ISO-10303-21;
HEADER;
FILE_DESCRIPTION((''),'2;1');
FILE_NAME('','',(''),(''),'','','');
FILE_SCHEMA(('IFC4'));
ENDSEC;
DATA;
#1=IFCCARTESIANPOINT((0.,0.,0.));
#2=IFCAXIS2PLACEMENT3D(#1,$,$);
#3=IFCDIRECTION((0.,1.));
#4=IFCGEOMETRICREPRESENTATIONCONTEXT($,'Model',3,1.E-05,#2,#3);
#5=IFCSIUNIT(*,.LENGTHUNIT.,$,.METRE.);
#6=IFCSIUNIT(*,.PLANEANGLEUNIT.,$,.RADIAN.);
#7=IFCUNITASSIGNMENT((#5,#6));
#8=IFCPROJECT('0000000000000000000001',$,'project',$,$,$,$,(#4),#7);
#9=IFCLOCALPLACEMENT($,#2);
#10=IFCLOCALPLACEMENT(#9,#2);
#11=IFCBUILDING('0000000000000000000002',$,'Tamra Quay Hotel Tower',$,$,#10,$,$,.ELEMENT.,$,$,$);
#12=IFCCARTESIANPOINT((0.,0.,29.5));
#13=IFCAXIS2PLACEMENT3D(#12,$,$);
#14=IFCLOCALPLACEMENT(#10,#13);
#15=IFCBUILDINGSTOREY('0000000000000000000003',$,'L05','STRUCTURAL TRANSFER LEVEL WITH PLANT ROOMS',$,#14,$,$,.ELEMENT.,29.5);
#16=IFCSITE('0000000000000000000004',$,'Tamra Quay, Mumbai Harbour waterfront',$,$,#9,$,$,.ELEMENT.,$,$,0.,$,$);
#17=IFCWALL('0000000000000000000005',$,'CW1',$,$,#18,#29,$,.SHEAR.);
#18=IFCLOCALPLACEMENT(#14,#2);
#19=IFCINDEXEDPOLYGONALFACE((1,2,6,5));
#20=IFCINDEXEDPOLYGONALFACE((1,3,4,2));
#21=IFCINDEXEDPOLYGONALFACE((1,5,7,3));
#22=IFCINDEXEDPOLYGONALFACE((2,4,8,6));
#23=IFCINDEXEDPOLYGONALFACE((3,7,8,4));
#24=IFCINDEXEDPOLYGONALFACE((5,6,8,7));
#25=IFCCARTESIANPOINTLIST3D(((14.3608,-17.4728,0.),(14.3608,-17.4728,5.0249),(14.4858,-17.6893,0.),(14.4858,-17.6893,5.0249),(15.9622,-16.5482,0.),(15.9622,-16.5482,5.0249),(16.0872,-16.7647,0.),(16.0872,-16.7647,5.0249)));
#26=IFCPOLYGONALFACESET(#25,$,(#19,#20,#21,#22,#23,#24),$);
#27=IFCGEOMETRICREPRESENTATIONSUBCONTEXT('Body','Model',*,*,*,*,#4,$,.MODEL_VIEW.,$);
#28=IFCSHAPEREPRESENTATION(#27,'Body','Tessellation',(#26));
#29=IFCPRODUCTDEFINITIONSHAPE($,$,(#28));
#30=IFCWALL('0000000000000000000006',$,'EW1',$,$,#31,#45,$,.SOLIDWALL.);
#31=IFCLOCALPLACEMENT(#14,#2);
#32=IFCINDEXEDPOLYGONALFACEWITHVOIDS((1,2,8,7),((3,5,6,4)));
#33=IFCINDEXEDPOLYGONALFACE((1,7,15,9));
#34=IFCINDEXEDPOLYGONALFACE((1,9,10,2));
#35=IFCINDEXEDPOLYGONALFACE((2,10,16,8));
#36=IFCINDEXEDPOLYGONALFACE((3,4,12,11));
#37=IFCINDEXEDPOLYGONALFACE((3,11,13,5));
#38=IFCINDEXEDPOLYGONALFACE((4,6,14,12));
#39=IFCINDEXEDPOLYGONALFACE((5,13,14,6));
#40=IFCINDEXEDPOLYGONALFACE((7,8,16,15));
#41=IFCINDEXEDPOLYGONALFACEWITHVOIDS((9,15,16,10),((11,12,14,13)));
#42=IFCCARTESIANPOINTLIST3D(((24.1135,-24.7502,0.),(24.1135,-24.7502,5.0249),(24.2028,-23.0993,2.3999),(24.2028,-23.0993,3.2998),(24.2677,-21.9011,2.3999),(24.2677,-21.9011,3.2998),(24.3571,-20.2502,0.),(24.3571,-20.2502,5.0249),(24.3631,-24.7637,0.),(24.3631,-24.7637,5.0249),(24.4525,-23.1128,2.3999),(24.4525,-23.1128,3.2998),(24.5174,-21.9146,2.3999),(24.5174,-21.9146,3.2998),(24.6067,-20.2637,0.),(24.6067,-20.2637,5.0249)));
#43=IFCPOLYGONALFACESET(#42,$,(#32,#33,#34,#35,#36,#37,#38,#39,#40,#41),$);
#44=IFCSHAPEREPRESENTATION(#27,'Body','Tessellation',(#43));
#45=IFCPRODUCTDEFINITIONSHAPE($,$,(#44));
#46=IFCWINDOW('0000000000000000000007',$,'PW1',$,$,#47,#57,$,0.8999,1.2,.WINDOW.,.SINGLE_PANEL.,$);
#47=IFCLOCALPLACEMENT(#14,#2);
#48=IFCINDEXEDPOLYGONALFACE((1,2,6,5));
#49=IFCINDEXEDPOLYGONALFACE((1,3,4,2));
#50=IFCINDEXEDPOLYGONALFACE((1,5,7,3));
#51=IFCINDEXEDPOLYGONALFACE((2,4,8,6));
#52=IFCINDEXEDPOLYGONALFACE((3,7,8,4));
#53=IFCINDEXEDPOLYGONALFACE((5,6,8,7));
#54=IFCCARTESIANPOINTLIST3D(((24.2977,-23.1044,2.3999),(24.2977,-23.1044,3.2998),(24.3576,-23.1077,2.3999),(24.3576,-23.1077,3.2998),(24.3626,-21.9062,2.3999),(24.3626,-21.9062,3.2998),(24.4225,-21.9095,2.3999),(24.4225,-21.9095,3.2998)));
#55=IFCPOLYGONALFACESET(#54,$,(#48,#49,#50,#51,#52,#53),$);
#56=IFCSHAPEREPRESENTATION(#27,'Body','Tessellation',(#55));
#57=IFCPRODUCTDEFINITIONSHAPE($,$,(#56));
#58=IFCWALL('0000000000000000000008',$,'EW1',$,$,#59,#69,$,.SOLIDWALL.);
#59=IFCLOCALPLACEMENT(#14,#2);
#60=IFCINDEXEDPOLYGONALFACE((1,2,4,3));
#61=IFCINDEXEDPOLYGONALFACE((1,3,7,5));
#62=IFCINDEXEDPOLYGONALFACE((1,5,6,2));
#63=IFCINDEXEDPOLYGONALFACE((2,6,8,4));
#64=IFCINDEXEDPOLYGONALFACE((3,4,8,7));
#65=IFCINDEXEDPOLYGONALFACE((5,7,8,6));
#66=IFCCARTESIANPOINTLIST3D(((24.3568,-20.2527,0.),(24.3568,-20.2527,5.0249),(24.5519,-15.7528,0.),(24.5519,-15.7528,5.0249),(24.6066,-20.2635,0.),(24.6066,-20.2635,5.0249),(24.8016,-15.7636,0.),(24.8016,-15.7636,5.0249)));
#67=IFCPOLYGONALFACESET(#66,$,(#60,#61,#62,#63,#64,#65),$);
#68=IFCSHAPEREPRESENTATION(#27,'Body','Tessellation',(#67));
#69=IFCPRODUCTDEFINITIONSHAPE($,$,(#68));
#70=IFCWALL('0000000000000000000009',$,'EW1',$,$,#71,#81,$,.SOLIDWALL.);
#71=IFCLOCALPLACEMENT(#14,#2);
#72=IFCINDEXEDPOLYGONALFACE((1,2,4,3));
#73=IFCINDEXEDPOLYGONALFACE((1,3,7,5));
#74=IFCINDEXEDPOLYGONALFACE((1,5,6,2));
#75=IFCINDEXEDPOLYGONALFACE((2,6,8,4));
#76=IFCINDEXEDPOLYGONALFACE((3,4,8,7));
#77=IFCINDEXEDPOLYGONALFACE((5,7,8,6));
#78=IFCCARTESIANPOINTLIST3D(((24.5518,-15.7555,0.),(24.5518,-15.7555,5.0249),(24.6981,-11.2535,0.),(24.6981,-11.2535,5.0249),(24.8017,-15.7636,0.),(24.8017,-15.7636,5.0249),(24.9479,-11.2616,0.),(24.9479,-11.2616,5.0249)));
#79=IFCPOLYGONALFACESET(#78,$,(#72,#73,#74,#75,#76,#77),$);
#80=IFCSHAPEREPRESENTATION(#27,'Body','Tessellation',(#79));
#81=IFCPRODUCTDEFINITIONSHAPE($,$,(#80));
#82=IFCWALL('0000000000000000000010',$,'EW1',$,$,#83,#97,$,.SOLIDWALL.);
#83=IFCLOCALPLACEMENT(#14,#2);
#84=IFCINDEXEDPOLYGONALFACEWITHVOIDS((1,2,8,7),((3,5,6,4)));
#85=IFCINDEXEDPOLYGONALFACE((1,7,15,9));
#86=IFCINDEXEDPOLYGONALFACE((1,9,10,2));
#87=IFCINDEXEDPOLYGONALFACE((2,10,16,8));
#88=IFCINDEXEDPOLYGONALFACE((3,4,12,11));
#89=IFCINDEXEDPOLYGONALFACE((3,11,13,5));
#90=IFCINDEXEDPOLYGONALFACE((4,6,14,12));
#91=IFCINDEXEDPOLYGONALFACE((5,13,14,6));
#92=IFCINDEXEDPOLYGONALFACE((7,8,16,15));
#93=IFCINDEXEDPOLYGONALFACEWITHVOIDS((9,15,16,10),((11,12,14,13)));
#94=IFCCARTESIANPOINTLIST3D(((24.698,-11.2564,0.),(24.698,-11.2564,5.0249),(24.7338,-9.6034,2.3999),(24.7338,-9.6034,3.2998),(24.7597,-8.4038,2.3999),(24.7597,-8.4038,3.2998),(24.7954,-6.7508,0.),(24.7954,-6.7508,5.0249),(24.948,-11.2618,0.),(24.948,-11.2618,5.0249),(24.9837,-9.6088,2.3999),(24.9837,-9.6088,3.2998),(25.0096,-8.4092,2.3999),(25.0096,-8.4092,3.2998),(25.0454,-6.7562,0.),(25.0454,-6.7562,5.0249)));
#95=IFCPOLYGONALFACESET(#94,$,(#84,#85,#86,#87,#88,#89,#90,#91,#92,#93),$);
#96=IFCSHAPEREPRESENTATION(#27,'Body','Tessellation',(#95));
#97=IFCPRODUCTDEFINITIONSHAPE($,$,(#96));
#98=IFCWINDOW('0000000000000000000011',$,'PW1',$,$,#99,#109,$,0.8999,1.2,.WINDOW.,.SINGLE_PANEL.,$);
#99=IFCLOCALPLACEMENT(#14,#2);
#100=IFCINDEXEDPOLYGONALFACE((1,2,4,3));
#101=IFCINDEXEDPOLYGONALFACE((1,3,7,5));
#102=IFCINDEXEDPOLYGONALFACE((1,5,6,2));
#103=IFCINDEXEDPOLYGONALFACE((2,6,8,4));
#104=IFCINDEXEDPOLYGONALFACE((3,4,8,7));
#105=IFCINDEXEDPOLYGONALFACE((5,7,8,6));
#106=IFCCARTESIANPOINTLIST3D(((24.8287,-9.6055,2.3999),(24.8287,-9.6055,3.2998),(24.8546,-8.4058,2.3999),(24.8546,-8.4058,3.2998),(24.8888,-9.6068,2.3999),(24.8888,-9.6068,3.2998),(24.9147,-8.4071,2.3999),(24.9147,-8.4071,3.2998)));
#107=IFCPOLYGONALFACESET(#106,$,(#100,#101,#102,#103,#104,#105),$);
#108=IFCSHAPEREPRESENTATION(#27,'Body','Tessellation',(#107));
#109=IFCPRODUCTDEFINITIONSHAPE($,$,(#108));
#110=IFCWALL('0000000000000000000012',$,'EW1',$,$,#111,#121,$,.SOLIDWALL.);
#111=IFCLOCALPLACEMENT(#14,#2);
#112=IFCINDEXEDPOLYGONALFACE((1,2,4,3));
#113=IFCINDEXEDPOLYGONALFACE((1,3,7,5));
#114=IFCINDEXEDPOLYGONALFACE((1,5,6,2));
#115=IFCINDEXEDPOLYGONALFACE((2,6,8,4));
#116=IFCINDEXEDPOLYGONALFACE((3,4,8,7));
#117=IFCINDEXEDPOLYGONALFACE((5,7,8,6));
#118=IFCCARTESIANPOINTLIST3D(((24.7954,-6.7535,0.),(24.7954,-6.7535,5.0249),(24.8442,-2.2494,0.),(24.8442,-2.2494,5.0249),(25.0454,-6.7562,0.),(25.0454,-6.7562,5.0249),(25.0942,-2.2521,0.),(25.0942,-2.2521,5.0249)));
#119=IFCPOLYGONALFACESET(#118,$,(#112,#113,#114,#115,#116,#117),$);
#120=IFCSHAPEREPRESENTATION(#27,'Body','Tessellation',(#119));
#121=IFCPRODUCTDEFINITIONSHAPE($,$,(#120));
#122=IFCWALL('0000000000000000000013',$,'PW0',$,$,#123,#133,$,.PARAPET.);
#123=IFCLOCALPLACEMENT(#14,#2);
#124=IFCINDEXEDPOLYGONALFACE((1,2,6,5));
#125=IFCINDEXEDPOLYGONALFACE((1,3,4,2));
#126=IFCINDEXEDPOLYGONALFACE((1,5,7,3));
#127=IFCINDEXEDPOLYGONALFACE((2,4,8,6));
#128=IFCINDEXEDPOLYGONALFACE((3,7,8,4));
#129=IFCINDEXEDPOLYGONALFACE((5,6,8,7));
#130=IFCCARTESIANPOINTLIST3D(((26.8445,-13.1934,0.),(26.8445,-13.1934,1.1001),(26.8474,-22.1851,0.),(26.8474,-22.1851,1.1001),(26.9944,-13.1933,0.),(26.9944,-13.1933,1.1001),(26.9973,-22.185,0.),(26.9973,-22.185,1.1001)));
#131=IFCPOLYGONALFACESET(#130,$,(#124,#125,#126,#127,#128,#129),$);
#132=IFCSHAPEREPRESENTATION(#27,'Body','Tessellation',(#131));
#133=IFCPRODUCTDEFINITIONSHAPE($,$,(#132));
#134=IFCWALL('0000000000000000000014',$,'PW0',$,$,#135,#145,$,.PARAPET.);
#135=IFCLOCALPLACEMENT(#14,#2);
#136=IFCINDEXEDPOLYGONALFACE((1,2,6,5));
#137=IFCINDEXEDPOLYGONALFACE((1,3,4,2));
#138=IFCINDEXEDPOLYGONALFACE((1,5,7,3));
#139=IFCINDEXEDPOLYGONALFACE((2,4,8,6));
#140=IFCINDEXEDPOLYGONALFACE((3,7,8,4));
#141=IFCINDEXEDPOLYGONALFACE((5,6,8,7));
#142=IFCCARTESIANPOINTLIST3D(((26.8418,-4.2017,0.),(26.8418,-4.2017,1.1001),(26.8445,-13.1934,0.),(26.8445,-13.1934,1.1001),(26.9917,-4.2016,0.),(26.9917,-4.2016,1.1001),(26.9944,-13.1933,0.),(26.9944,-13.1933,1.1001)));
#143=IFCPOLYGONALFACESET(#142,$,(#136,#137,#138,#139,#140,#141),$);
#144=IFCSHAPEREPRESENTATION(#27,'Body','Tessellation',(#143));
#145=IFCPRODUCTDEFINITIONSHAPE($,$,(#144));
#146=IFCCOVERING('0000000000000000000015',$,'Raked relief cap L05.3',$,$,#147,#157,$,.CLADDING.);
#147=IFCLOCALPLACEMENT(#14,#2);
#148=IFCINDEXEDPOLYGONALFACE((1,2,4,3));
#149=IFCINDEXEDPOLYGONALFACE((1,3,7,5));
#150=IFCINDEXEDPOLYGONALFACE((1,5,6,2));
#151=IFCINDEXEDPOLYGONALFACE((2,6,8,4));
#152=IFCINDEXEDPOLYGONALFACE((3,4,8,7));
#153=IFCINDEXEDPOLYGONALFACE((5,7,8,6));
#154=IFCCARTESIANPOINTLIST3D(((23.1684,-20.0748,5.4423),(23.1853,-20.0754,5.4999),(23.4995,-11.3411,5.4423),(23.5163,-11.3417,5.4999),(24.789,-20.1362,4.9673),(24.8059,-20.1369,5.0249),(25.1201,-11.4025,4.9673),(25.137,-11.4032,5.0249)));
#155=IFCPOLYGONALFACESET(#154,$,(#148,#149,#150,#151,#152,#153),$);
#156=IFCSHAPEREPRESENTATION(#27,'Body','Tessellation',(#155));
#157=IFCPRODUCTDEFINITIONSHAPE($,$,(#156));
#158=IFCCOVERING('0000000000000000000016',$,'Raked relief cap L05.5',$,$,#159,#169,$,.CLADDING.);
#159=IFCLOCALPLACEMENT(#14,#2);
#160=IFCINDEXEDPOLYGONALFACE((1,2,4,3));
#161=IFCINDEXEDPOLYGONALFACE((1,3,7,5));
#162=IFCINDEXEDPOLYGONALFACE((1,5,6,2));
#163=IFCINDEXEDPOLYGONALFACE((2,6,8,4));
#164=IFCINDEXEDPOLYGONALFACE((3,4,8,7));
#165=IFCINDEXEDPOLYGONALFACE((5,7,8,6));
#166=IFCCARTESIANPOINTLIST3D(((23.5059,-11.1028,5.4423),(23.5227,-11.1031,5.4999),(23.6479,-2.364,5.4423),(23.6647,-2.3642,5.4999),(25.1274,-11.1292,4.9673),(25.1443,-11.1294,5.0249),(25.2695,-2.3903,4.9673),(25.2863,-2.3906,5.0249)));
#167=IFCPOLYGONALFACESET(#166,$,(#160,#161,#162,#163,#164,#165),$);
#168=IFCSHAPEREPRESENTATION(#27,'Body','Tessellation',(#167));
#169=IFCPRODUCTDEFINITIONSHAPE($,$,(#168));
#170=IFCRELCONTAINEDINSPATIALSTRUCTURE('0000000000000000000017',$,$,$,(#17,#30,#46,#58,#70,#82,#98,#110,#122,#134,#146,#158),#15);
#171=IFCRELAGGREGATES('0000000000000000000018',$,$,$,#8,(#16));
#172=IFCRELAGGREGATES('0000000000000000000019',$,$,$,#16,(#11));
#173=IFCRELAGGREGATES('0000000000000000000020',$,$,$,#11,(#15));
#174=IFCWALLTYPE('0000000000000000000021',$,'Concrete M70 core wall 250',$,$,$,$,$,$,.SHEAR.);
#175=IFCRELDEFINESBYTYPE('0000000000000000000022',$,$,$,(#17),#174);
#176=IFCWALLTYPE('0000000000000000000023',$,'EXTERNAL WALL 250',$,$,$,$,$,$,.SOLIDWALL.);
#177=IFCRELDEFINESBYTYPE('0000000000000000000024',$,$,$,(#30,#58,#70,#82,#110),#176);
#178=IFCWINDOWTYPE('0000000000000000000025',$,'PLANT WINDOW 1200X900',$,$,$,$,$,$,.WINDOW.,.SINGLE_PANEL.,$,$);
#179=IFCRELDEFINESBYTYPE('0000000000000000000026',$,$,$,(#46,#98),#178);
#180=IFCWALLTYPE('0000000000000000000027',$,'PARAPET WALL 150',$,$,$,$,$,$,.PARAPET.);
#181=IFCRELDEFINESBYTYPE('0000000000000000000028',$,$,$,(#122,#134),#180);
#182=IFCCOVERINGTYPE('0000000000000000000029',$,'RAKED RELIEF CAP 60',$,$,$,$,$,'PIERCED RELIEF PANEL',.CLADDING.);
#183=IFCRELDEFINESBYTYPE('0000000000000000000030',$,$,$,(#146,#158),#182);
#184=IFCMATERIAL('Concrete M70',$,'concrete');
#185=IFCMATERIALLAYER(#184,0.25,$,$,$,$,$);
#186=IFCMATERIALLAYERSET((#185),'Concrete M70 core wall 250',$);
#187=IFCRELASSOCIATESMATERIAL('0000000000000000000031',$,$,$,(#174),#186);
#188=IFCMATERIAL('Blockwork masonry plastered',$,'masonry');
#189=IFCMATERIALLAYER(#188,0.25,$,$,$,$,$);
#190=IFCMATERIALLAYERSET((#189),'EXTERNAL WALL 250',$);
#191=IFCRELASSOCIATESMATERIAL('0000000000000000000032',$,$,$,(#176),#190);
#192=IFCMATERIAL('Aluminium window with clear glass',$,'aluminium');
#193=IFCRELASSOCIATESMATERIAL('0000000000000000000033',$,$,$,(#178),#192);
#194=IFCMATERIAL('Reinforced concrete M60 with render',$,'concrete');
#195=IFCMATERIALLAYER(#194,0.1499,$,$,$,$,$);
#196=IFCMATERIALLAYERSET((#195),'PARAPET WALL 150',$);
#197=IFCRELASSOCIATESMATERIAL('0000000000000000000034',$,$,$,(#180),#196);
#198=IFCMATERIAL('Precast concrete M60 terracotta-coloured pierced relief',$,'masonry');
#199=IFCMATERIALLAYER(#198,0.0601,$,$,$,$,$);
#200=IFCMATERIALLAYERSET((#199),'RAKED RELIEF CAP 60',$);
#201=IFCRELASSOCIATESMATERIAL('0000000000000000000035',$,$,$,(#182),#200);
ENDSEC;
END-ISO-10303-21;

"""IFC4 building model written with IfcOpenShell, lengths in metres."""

from ifc_helpers import new_model, si_unit, direction, frame, frame_2d, origin, place, context, subcontext, project, spatial, rectangle, extrude, source, transform, mapped, material, layer, layer_set, type_object, element, fill, save


model = new_model("IFC4")

# Units and contexts
model_context = context("Model", 3, precision=1e-05, world=origin(), true_north=direction((0.0, 1.0)))
body_context = subcontext(model_context, "Body", "Model", "MODEL_VIEW")
ifc_project = project(units=[si_unit("LENGTHUNIT", "METRE"), si_unit("PLANEANGLEUNIT", "RADIAN")], contexts=[model_context])

# Site, building, storey
site_placement = place(None, origin())
site = spatial("IfcSite", under=ifc_project, at=site_placement, Name="Tamra Quay, Mumbai Harbour waterfront", CompositionType="ELEMENT", RefElevation=0.0)
building_placement = place(site_placement, origin())
building = spatial("IfcBuilding", under=site, at=building_placement, Name="Tamra Quay Hotel Tower", CompositionType="ELEMENT")
storey_placement = place(building_placement, frame((0.0, 0.0, 29.5)))
storey = spatial("IfcBuildingStorey", under=building, at=storey_placement, Name="L05", Description="STRUCTURAL TRANSFER LEVEL WITH PLANT ROOMS", CompositionType="ELEMENT", Elevation=29.5)

# Shared definitions
ifc_material_1 = material(Name="Concrete M70", Category="concrete")

# Shared definitions
ifc_layer_1 = layer(ifc_material_1, 0.25)
ifc_layer_set_1 = layer_set([ifc_layer_1], Name="Concrete M70 core wall 250")
wall_type_1 = type_object("IfcWallType", Name="Concrete M70 core wall 250", PredefinedType="SHEAR", material=ifc_layer_set_1)

# Wall
wall_1_placement = place(storey_placement, frame((16.0247, -16.6565, 0.0), z_axis=(0.0, 0.0, 1.0), x_axis=(-0.866016, -0.500016, 0.0)))
element("IfcWall", 1, at=wall_1_placement, inside=storey, type_object=wall_type_1, Name="CW1", PredefinedType="SHEAR", context=body_context, shape_type="SweptSolid", body=[
    extrude(rectangle(XDim=1.8491, YDim=0.25, at=frame_2d((0.9246, 0.0))), origin(), (0.0, 0.0, 1.0), 5.0249),
])

# Wall, opening, window
ifc_material_2 = material(Name="Blockwork masonry plastered", Category="masonry")
ifc_layer_2 = layer(ifc_material_2, 0.25)
ifc_layer_set_2 = layer_set([ifc_layer_2], Name="EXTERNAL WALL 250")
wall_type_2 = type_object("IfcWallType", Name="EXTERNAL WALL 250", PredefinedType="SOLIDWALL", material=ifc_layer_set_2)
wall_2_placement = place(storey_placement, frame((24.4819, -20.2568, 0.0), z_axis=(0.0, 0.0, 1.0), x_axis=(-0.054066, -0.998537, 0.0)))
wall_2 = element("IfcWall", 2, at=wall_2_placement, inside=storey, type_object=wall_type_2, Name="EW1", PredefinedType="SOLIDWALL", context=body_context, shape_type="SweptSolid", body=[
    extrude(rectangle(XDim=4.5066, YDim=0.25, at=frame_2d((2.2534, 0.0))), origin(), (0.0, 0.0, 1.0), 5.0249),
])
opening_1_placement = place(wall_2_placement, frame((1.6533, 0.0, 2.3999)))
opening_1 = element("IfcOpeningElement", 3, at=opening_1_placement, cuts=wall_2, PredefinedType="OPENING", context=body_context, shape_type="SweptSolid", body=[
    extrude(rectangle(XDim=1.2, YDim=0.8999, at=frame_2d((0.6001, 0.45))), frame((0.0, 0.135, 0.0), z_axis=(0.0, -1.0, 0.0), x_axis=(1.0, 0.0, 0.0)), (0.0, 0.0, 1.0), 0.27),
])
ifc_material_3 = material(Name="Aluminium window with clear glass", Category="aluminium")
window_type = type_object("IfcWindowType", Name="PLANT WINDOW 1200X900", PartitioningType="SINGLE_PANEL", PredefinedType="WINDOW", material=ifc_material_3)
window_1_placement = place(opening_1_placement, origin())
window_1 = element("IfcWindow", 4, at=window_1_placement, inside=storey, type_object=window_type, Name="PW1", OverallHeight=0.8999, OverallWidth=1.2, PartitioningType="SINGLE_PANEL", PredefinedType="WINDOW", context=body_context, shape_type="SweptSolid", body=[
    extrude(rectangle(XDim=1.2, YDim=0.8999, at=frame_2d((0.6001, 0.45))), frame((0.0, 0.03, 0.0), z_axis=(0.0, -1.0, 0.0), x_axis=(1.0, 0.0, 0.0)), (0.0, 0.0, 1.0), 0.0601),
])
fill(opening_1, window_1)

# Walls
wall_3_placement = place(storey_placement, frame((24.6768, -15.7583, 0.0), z_axis=(0.0, 0.0, 1.0), x_axis=(-0.043308, -0.999062, 0.0)))
element("IfcWall", 5, at=wall_3_placement, inside=storey, type_object=wall_type_2, Name="EW1", PredefinedType="SOLIDWALL", context=body_context, shape_type="SweptSolid", body=[
    extrude(rectangle(XDim=4.5042, YDim=0.25, at=frame_2d((2.252, 0.0))), origin(), (0.0, 0.0, 1.0), 5.0249),
])
wall_4_placement = place(storey_placement, frame((24.823, -11.2576, 0.0), z_axis=(0.0, 0.0, 1.0), x_axis=(-0.032467, -0.999473, 0.0)))
element("IfcWall", 6, at=wall_4_placement, inside=storey, type_object=wall_type_2, Name="EW1", PredefinedType="SOLIDWALL", context=body_context, shape_type="SweptSolid", body=[
    extrude(rectangle(XDim=4.5044, YDim=0.25, at=frame_2d((2.2522, 0.0))), origin(), (0.0, 0.0, 1.0), 5.0249),
])

# Wall, opening, window
wall_5_placement = place(storey_placement, frame((24.9204, -6.7534, 0.0), z_axis=(0.0, 0.0, 1.0), x_axis=(-0.021615, -0.999766, 0.0)))
wall_5 = element("IfcWall", 7, at=wall_5_placement, inside=storey, type_object=wall_type_2, Name="EW1", PredefinedType="SOLIDWALL", context=body_context, shape_type="SweptSolid", body=[
    extrude(rectangle(XDim=4.5066, YDim=0.25, at=frame_2d((2.2534, 0.0))), origin(), (0.0, 0.0, 1.0), 5.0249),
])
opening_2_placement = place(wall_5_placement, frame((1.6533, 0.0, 2.3999)))
opening_2 = element("IfcOpeningElement", 8, at=opening_2_placement, cuts=wall_5, PredefinedType="OPENING", context=body_context, shape_type="SweptSolid", body=[
    extrude(rectangle(XDim=1.2, YDim=0.8999, at=frame_2d((0.6001, 0.45))), frame((0.0, 0.135, 0.0), z_axis=(0.0, -1.0, 0.0), x_axis=(1.0, 0.0, 0.0)), (0.0, 0.0, 1.0), 0.27),
])
window_2_placement = place(opening_2_placement, origin())
window_2 = element("IfcWindow", 9, at=window_2_placement, inside=storey, type_object=window_type, Name="PW1", OverallHeight=0.8999, OverallWidth=1.2, PartitioningType="SINGLE_PANEL", PredefinedType="WINDOW", context=body_context, shape_type="SweptSolid", body=[
    extrude(rectangle(XDim=1.2, YDim=0.8999, at=frame_2d((0.6001, 0.45))), frame((0.0, 0.03, 0.0), z_axis=(0.0, -1.0, 0.0), x_axis=(1.0, 0.0, 0.0)), (0.0, 0.0, 1.0), 0.0601),
])
fill(opening_2, window_2)

# Walls
wall_6_placement = place(storey_placement, frame((24.9692, -2.2507, 0.0), z_axis=(0.0, 0.0, 1.0), x_axis=(-0.01084, -0.999941, 0.0)))
element("IfcWall", 10, at=wall_6_placement, inside=storey, type_object=wall_type_2, Name="EW1", PredefinedType="SOLIDWALL", context=body_context, shape_type="SweptSolid", body=[
    extrude(rectangle(XDim=4.5044, YDim=0.25, at=frame_2d((2.2522, 0.0))), origin(), (0.0, 0.0, 1.0), 5.0249),
])
ifc_material_4 = material(Name="Reinforced concrete M60 with render", Category="concrete")
ifc_layer_3 = layer(ifc_material_4, 0.1499)
ifc_layer_set_3 = layer_set([ifc_layer_3], Name="PARAPET WALL 150")
wall_type_3 = type_object("IfcWallType", Name="PARAPET WALL 150", PredefinedType="PARAPET", material=ifc_layer_set_3)
for number, where, z_axis, x_axis, name in (
    (11, (26.9194, -13.1934, 0.0), (0.0, 0.0, 1.0), (0.000326, -1.0, 0.0), "PW0"),
    (12, (26.9167, -4.2017, 0.0), (0.0, 0.0, 1.0), (0.000299, -1.0, 0.0), "PW0"),
):
    element("IfcWall", number, at=place(storey_placement, frame(where, z_axis=z_axis, x_axis=x_axis)), inside=storey, type_object=wall_type_3, Name=name, PredefinedType="PARAPET", context=body_context, shape_type="SweptSolid", body=[
        extrude(rectangle(XDim=8.9917, YDim=0.1499, at=frame_2d((4.4958, 0.0))), origin(), (0.0, 0.0, 1.0), 1.1001),
    ])

# Coverings
ifc_material_5 = material(Name="Precast concrete M60 terracotta-coloured pierced relief", Category="masonry")
ifc_layer_4 = layer(ifc_material_5, 0.0601)
ifc_layer_set_4 = layer_set([ifc_layer_4], Name="RAKED RELIEF CAP 60")
covering_type_1 = type_object("IfcCoveringType", Name="RAKED RELIEF CAP 60", ElementType="PIERCED RELIEF PANEL", PredefinedType="CLADDING", material=ifc_layer_set_4)
shared_shape_1 = source(origin(), body_context, "Body", "SweptSolid", [
    extrude(rectangle(XDim=8.74, YDim=1.6899, at=frame_2d((4.3701, 0.845))), frame((-4.3701, 0.0, -0.0601)), (0.0, 0.0, 1.0), 0.0601),
])
for number, where, z_axis, x_axis, name in (
    (13, (24.9714, -15.77, 5.0249), (0.2809, -0.010648, 0.959678), (0.037881, 0.999282, 0.0), "Raked relief cap L05.3"),
    (14, (25.2153, -6.76, 5.0249), (0.281065, -0.004567, 0.959678), (0.016248, 0.999868, 0.0), "Raked relief cap L05.5"),
):
    element("IfcCovering", number, at=place(storey_placement, frame(where, z_axis=z_axis, x_axis=x_axis)), inside=storey, type_object=covering_type_1, Name=name, PredefinedType="CLADDING", context=body_context, shape_type="MappedRepresentation", body=[
        mapped(shared_shape_1, transform((0.0, 0.0, 0.0), scale=1.0)),
    ])

save(model, "model.ifc")
